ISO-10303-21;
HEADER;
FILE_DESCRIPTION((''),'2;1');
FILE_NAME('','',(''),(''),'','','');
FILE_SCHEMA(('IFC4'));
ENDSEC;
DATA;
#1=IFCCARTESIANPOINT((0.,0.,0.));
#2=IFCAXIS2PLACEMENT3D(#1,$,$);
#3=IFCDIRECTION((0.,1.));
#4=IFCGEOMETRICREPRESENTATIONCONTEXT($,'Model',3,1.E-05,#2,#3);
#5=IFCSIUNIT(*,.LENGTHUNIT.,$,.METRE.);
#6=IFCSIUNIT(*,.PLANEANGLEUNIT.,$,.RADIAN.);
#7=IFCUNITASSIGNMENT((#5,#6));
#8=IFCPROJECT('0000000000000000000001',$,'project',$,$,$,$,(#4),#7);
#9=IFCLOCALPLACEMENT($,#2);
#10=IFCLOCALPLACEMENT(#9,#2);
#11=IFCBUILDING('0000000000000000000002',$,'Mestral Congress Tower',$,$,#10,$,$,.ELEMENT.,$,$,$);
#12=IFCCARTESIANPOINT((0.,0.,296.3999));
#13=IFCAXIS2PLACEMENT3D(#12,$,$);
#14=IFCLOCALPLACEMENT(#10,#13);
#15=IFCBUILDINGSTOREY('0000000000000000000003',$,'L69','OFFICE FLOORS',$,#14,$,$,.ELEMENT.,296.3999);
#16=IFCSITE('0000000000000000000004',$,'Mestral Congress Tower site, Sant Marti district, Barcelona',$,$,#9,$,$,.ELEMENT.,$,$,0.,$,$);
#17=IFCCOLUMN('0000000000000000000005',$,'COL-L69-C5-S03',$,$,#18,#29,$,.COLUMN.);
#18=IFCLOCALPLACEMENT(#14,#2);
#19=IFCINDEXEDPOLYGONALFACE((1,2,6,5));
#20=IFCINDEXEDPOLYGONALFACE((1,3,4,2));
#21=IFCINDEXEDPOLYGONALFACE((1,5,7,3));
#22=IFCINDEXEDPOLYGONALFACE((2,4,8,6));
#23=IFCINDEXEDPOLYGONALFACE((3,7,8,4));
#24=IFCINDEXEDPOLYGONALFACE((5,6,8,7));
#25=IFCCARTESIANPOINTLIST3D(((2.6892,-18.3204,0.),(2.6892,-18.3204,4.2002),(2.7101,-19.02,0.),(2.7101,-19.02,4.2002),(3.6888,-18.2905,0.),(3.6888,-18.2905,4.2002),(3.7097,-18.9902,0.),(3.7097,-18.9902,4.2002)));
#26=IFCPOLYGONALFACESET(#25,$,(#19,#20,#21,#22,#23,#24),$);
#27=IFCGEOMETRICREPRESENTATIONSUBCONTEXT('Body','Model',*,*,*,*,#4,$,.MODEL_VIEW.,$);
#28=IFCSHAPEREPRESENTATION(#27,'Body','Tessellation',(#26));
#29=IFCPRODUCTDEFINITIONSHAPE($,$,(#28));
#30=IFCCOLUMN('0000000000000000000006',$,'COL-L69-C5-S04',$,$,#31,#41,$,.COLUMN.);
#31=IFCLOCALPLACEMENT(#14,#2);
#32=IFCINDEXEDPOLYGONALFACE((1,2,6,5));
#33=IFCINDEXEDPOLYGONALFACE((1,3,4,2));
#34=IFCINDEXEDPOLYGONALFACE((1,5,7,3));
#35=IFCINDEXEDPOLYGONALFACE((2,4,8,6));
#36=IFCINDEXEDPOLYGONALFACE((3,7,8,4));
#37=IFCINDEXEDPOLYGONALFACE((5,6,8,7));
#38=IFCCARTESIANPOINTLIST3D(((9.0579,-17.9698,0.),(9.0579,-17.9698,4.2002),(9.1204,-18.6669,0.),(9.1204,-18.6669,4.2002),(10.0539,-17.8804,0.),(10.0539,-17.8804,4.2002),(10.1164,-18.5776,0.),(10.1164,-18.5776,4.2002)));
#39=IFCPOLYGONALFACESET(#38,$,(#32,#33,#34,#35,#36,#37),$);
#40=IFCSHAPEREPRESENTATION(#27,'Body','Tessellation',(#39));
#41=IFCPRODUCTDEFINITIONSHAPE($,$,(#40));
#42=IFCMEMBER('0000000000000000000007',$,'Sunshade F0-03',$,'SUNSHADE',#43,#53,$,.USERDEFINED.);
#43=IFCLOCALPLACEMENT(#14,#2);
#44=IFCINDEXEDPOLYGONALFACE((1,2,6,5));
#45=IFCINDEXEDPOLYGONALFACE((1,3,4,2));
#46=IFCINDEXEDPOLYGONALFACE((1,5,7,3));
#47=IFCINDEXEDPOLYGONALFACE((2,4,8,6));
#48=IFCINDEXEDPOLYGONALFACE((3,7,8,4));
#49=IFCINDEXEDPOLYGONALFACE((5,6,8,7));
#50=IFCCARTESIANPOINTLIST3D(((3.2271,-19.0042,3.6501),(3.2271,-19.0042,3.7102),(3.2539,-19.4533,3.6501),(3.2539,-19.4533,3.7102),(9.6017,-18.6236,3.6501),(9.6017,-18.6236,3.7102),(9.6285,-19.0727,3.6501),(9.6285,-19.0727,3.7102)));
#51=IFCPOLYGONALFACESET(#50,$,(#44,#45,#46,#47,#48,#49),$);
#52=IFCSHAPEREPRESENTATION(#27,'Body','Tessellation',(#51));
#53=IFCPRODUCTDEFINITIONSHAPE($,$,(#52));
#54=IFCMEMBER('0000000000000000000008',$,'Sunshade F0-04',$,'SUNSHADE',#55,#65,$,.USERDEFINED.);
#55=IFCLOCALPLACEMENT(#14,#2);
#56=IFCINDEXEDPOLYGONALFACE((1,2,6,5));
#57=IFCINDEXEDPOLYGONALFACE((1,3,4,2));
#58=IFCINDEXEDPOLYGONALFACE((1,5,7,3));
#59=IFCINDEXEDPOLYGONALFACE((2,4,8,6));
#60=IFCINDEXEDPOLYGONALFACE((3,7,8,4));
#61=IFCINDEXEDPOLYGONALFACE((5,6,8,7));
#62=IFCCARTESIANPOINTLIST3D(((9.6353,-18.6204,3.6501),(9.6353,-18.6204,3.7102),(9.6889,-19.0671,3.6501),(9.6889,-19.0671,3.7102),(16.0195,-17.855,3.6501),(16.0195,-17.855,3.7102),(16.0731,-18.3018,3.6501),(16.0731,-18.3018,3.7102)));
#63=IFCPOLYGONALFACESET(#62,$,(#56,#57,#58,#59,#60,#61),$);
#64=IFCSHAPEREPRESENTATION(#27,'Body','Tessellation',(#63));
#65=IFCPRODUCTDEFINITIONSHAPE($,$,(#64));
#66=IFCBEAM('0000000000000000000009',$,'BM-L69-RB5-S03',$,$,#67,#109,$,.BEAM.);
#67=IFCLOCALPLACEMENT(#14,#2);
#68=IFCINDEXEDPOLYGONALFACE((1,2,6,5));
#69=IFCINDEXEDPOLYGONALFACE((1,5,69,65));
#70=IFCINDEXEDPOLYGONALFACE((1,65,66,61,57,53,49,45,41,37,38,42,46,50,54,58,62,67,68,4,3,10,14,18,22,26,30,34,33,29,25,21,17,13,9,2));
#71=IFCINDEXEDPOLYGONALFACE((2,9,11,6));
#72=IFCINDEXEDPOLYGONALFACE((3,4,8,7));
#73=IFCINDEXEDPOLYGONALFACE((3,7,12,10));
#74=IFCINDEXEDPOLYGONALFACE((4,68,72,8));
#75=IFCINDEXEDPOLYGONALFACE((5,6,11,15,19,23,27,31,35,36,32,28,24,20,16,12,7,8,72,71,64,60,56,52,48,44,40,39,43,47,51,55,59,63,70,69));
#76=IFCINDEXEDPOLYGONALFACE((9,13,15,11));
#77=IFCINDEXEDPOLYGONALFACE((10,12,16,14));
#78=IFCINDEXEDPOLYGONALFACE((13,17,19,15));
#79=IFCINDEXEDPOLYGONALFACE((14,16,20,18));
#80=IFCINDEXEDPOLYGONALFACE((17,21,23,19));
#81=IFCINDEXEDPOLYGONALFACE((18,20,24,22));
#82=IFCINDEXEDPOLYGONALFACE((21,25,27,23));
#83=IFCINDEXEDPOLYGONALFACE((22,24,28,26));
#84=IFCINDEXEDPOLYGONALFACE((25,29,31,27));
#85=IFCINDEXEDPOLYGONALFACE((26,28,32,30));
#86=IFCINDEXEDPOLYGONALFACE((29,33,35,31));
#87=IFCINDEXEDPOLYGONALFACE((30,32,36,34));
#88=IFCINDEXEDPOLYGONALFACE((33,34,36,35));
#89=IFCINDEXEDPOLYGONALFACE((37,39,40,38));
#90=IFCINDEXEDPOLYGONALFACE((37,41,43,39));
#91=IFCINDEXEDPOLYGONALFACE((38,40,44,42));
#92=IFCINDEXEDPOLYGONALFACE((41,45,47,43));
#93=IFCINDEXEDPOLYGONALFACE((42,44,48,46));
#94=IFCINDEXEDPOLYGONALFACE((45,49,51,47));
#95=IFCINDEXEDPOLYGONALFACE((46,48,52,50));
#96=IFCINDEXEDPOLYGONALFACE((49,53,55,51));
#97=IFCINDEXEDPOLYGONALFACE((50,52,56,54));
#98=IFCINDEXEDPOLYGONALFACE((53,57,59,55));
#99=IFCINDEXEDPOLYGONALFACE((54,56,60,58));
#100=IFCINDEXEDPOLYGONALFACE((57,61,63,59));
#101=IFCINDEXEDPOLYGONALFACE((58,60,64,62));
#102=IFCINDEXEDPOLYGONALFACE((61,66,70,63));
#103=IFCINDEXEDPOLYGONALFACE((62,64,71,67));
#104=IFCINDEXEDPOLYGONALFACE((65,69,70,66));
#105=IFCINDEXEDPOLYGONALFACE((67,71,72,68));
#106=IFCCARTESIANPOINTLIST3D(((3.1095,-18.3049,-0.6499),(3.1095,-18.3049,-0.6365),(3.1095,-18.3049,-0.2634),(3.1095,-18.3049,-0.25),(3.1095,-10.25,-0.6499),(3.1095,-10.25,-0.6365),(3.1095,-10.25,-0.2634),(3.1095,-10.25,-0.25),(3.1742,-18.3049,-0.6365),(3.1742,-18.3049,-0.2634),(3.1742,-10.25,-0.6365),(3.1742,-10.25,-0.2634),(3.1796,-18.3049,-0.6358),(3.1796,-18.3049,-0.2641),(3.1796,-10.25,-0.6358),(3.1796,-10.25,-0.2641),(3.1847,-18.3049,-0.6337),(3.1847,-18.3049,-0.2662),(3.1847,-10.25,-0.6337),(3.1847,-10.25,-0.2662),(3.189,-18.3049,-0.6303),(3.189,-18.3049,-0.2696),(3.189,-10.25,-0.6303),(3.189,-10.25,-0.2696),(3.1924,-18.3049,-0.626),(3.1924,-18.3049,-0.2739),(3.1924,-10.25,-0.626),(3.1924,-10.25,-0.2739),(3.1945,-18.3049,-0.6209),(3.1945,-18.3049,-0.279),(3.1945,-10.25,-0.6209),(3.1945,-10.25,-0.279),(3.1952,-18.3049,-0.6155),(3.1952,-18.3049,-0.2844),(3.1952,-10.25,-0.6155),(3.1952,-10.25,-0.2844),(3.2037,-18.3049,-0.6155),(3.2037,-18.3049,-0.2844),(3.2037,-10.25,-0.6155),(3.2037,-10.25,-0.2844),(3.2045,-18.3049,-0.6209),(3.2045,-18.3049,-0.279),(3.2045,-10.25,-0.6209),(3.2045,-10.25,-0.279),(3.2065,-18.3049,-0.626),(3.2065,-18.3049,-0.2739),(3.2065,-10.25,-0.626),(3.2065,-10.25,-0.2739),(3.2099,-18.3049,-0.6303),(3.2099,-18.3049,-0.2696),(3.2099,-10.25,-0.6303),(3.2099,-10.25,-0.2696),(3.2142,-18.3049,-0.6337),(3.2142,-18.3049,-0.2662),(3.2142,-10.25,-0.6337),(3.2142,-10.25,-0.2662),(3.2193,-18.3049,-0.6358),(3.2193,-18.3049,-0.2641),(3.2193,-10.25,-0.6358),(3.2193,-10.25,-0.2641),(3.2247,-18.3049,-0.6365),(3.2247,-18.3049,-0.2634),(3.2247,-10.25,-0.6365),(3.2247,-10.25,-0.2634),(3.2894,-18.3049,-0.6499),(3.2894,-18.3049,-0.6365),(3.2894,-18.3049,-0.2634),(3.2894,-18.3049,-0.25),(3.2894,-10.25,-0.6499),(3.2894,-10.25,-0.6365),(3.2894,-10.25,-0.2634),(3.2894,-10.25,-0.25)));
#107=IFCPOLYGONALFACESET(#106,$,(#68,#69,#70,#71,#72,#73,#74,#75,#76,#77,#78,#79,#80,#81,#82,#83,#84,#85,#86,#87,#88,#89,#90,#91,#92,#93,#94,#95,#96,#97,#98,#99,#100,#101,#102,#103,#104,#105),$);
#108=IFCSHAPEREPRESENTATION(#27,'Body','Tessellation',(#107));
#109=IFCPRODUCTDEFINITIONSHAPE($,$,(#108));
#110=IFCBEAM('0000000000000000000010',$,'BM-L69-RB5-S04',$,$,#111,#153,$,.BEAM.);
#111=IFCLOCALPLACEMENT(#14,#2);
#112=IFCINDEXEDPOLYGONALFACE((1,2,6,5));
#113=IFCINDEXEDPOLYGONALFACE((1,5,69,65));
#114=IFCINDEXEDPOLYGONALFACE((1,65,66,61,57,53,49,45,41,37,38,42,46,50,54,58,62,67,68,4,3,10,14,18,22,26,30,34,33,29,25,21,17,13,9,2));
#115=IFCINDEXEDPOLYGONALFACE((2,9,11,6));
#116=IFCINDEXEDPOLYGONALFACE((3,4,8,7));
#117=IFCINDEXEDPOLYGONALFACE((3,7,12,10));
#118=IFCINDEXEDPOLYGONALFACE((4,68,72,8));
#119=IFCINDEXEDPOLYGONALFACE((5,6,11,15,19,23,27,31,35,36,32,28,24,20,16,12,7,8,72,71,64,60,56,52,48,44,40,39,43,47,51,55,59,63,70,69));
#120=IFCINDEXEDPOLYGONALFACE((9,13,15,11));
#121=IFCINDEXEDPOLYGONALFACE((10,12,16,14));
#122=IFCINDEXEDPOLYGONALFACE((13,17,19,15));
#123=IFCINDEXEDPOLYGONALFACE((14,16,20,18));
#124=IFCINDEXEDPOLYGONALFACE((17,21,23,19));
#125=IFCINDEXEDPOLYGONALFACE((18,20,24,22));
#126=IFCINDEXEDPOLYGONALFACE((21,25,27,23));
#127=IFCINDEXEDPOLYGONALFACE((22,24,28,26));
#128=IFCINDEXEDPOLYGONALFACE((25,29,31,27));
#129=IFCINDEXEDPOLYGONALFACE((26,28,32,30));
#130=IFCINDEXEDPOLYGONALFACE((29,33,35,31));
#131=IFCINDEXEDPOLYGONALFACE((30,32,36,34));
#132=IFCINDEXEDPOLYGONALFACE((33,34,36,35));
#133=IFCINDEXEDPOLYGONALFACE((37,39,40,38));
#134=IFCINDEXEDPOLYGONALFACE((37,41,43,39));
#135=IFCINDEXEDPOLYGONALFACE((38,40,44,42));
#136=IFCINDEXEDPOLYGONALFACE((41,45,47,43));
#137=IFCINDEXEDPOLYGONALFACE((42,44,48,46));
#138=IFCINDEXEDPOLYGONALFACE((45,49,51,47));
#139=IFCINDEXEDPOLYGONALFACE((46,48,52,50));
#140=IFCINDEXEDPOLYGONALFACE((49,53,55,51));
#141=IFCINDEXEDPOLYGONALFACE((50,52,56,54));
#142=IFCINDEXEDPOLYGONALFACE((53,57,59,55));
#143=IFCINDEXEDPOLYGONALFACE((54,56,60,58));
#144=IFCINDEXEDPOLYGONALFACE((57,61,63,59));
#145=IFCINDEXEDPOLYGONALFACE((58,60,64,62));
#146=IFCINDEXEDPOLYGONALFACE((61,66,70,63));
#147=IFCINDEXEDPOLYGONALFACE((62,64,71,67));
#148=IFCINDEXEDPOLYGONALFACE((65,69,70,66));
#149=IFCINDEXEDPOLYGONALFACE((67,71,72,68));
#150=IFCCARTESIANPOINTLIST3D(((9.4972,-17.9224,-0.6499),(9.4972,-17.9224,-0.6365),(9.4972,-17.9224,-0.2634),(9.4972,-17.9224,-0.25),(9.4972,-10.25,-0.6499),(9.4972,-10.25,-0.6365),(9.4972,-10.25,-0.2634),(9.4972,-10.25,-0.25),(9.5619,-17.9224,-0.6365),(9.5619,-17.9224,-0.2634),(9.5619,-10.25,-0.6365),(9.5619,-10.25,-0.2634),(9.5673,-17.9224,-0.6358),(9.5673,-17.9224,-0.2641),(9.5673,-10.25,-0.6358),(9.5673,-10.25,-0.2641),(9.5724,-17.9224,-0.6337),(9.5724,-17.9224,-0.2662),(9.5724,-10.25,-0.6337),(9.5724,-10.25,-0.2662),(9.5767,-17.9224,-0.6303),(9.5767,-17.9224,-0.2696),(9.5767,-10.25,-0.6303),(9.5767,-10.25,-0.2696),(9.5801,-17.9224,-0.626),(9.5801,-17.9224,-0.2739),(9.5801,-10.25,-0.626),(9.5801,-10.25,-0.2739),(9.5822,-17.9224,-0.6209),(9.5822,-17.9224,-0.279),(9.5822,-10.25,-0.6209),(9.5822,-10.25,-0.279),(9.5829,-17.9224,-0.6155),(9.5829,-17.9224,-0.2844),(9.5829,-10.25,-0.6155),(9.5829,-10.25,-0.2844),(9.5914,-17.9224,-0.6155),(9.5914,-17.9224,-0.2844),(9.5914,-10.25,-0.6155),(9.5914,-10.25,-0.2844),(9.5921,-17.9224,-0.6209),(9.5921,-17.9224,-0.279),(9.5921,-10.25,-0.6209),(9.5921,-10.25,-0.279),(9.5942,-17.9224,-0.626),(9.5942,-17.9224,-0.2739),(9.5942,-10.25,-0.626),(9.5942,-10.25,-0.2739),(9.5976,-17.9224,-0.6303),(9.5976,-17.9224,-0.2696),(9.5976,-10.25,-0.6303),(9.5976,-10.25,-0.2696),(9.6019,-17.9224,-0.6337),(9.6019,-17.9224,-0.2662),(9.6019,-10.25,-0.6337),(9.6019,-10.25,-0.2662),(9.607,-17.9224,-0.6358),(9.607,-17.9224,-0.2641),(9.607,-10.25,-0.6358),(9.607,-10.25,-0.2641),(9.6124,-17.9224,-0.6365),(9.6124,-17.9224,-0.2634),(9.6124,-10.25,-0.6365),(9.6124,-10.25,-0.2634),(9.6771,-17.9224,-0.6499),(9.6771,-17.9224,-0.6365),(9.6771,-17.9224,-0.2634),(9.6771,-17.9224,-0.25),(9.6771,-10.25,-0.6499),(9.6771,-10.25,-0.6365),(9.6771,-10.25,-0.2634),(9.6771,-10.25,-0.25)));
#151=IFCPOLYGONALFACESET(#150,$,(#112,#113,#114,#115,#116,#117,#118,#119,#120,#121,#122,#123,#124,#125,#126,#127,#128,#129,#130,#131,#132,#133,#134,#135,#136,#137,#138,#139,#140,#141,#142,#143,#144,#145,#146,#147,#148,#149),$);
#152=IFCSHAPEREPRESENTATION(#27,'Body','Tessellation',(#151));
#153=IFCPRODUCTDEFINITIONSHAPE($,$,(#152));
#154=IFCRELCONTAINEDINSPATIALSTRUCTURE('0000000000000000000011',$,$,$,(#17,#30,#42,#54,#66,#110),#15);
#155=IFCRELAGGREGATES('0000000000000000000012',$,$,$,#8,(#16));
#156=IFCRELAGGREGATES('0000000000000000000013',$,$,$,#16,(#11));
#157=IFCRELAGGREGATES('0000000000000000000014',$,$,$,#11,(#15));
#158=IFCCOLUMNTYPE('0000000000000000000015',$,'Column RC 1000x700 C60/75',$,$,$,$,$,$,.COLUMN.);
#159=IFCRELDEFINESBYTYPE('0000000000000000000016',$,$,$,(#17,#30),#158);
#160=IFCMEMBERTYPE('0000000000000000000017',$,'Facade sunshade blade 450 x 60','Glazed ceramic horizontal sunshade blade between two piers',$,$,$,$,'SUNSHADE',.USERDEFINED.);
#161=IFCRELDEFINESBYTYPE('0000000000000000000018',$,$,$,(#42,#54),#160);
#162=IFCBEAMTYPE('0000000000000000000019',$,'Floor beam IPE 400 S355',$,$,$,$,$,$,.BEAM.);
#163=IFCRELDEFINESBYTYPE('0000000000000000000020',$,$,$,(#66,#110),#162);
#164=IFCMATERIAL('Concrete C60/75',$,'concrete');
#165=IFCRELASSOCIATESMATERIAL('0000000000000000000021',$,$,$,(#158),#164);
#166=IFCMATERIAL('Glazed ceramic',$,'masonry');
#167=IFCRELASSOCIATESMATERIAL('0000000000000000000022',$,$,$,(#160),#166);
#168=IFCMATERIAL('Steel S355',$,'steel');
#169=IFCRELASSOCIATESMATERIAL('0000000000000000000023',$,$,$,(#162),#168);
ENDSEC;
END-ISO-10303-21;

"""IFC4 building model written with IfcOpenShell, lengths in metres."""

from ifc_helpers import new_model, si_unit, direction, frame, origin, origin_2d, place, context, subcontext, project, spatial, rectangle, i_section, extrude, material, material_profile, profile_set, type_object, element, save


model = new_model("IFC4")

# Units and contexts
model_context = context("Model", 3, precision=1e-05, world=origin(), true_north=direction((0.0, 1.0)))
body_context = subcontext(model_context, "Body", "Model", "MODEL_VIEW")
ifc_project = project(units=[si_unit("LENGTHUNIT", "METRE"), si_unit("PLANEANGLEUNIT", "RADIAN")], contexts=[model_context])

# Site, building, storey
site_placement = place(None, origin())
site = spatial("IfcSite", under=ifc_project, at=site_placement, Name="Mestral Congress Tower site, Sant Marti district, Barcelona", CompositionType="ELEMENT", RefElevation=0.0)
building_placement = place(site_placement, origin())
building = spatial("IfcBuilding", under=site, at=building_placement, Name="Mestral Congress Tower", CompositionType="ELEMENT")
storey_placement = place(building_placement, frame((0.0, 0.0, 296.3999)))
storey = spatial("IfcBuildingStorey", under=building, at=storey_placement, Name="L69", Description="OFFICE FLOORS", CompositionType="ELEMENT", Elevation=296.3999)

# Columns
ifc_material_1 = material(Name="Concrete C60/75", Category="concrete")
ifc_material_profile_1 = material_profile(ifc_material_1, rectangle(XDim=1.0, YDim=0.7, at=origin_2d()), Name="RC 1000x700")
ifc_profile_set_1 = profile_set([ifc_material_profile_1], Name="Concrete C60/75")
column_type = type_object("IfcColumnType", Name="Column RC 1000x700 C60/75", PredefinedType="COLUMN", material=ifc_profile_set_1)
for number, where, z_axis, x_axis, name in (
    (1, (3.1995, -18.6553, 0.0), (0.0, 0.0, 1.0), (0.999555, 0.029828, 0.0), "COL-L69-C5-S03"),
    (2, (9.5872, -18.2737, 0.0), (0.0, 0.0, 1.0), (0.995998, 0.089378, 0.0), "COL-L69-C5-S04"),
):
    element("IfcColumn", number, at=place(storey_placement, frame(where, z_axis=z_axis, x_axis=x_axis)), inside=storey, type_object=column_type, Name=name, PredefinedType="COLUMN", context=body_context, shape_type="SweptSolid", body=[
        extrude(rectangle(XDim=1.0, YDim=0.7, at=origin_2d()), origin(), (0.0, 0.0, 1.0), 4.2002),
    ])

# Members
ifc_material_2 = material(Name="Glazed ceramic", Category="masonry")
ifc_material_profile_2 = material_profile(ifc_material_2, rectangle(XDim=0.45, YDim=0.0601, at=origin_2d()), Name="Ceramic blade 450 x 60")
ifc_profile_set_2 = profile_set([ifc_material_profile_2], Name="Glazed ceramic")
member_type = type_object("IfcMemberType", Name="Facade sunshade blade 450 x 60", Description="Glazed ceramic horizontal sunshade blade between two piers", ElementType="SUNSHADE", PredefinedType="USERDEFINED", material=ifc_profile_set_2)
member_1_placement = place(storey_placement, frame((3.2405, -19.2288, 3.6802), z_axis=(0.998222, 0.059603, 0.0), x_axis=(-0.059603, 0.998222, 0.0)))
element("IfcMember", 3, at=member_1_placement, inside=storey, type_object=member_type, Name="Sunshade F0-03", ObjectType="SUNSHADE", PredefinedType="USERDEFINED", context=body_context, shape_type="SweptSolid", body=[
    extrude(rectangle(XDim=0.45, YDim=0.0601, at=origin_2d()), origin(), (0.0, 0.0, 1.0), 6.386),
])
member_2_placement = place(storey_placement, frame((9.6621, -18.8438, 3.6802), z_axis=(0.99289, 0.119033, 0.0), x_axis=(-0.119033, 0.99289, 0.0)))
element("IfcMember", 4, at=member_2_placement, inside=storey, type_object=member_type, Name="Sunshade F0-04", ObjectType="SUNSHADE", PredefinedType="USERDEFINED", context=body_context, shape_type="SweptSolid", body=[
    extrude(rectangle(XDim=0.45, YDim=0.0601, at=origin_2d()), origin(), (0.0, 0.0, 1.0), 6.4299),
])

# Beams
ifc_material_3 = material(Name="Steel S355", Category="steel")
ifc_material_profile_3 = material_profile(ifc_material_3, i_section(OverallWidth=0.1799, OverallDepth=0.3999, WebThickness=0.0085, FlangeThickness=0.0134, FilletRadius=0.021, at=origin_2d()), Name="IPE 400")
ifc_profile_set_3 = profile_set([ifc_material_profile_3], Name="Steel S355")
beam_type_1 = type_object("IfcBeamType", Name="Floor beam IPE 400 S355", PredefinedType="BEAM", material=ifc_profile_set_3)
beam_1_placement = place(storey_placement, frame((3.1995, -18.3049, -0.45), z_axis=(0.0, 1.0, 0.0), x_axis=(-1.0, 0.0, 0.0)))
element("IfcBeam", 5, at=beam_1_placement, inside=storey, type_object=beam_type_1, Name="BM-L69-RB5-S03", PredefinedType="BEAM", context=body_context, shape_type="SweptSolid", body=[
    extrude(i_section(OverallWidth=0.1799, OverallDepth=0.3999, WebThickness=0.0085, FlangeThickness=0.0134, FilletRadius=0.021, at=origin_2d()), origin(), (0.0, 0.0, 1.0), 8.0549),
])
beam_2_placement = place(storey_placement, frame((9.5872, -17.9224, -0.45), z_axis=(0.0, 1.0, 0.0), x_axis=(-1.0, 0.0, 0.0)))
element("IfcBeam", 6, at=beam_2_placement, inside=storey, type_object=beam_type_1, Name="BM-L69-RB5-S04", PredefinedType="BEAM", context=body_context, shape_type="SweptSolid", body=[
    extrude(i_section(OverallWidth=0.1799, OverallDepth=0.3999, WebThickness=0.0085, FlangeThickness=0.0134, FilletRadius=0.021, at=origin_2d()), origin(), (0.0, 0.0, 1.0), 7.6724),
])

save(model, "model.ifc")
